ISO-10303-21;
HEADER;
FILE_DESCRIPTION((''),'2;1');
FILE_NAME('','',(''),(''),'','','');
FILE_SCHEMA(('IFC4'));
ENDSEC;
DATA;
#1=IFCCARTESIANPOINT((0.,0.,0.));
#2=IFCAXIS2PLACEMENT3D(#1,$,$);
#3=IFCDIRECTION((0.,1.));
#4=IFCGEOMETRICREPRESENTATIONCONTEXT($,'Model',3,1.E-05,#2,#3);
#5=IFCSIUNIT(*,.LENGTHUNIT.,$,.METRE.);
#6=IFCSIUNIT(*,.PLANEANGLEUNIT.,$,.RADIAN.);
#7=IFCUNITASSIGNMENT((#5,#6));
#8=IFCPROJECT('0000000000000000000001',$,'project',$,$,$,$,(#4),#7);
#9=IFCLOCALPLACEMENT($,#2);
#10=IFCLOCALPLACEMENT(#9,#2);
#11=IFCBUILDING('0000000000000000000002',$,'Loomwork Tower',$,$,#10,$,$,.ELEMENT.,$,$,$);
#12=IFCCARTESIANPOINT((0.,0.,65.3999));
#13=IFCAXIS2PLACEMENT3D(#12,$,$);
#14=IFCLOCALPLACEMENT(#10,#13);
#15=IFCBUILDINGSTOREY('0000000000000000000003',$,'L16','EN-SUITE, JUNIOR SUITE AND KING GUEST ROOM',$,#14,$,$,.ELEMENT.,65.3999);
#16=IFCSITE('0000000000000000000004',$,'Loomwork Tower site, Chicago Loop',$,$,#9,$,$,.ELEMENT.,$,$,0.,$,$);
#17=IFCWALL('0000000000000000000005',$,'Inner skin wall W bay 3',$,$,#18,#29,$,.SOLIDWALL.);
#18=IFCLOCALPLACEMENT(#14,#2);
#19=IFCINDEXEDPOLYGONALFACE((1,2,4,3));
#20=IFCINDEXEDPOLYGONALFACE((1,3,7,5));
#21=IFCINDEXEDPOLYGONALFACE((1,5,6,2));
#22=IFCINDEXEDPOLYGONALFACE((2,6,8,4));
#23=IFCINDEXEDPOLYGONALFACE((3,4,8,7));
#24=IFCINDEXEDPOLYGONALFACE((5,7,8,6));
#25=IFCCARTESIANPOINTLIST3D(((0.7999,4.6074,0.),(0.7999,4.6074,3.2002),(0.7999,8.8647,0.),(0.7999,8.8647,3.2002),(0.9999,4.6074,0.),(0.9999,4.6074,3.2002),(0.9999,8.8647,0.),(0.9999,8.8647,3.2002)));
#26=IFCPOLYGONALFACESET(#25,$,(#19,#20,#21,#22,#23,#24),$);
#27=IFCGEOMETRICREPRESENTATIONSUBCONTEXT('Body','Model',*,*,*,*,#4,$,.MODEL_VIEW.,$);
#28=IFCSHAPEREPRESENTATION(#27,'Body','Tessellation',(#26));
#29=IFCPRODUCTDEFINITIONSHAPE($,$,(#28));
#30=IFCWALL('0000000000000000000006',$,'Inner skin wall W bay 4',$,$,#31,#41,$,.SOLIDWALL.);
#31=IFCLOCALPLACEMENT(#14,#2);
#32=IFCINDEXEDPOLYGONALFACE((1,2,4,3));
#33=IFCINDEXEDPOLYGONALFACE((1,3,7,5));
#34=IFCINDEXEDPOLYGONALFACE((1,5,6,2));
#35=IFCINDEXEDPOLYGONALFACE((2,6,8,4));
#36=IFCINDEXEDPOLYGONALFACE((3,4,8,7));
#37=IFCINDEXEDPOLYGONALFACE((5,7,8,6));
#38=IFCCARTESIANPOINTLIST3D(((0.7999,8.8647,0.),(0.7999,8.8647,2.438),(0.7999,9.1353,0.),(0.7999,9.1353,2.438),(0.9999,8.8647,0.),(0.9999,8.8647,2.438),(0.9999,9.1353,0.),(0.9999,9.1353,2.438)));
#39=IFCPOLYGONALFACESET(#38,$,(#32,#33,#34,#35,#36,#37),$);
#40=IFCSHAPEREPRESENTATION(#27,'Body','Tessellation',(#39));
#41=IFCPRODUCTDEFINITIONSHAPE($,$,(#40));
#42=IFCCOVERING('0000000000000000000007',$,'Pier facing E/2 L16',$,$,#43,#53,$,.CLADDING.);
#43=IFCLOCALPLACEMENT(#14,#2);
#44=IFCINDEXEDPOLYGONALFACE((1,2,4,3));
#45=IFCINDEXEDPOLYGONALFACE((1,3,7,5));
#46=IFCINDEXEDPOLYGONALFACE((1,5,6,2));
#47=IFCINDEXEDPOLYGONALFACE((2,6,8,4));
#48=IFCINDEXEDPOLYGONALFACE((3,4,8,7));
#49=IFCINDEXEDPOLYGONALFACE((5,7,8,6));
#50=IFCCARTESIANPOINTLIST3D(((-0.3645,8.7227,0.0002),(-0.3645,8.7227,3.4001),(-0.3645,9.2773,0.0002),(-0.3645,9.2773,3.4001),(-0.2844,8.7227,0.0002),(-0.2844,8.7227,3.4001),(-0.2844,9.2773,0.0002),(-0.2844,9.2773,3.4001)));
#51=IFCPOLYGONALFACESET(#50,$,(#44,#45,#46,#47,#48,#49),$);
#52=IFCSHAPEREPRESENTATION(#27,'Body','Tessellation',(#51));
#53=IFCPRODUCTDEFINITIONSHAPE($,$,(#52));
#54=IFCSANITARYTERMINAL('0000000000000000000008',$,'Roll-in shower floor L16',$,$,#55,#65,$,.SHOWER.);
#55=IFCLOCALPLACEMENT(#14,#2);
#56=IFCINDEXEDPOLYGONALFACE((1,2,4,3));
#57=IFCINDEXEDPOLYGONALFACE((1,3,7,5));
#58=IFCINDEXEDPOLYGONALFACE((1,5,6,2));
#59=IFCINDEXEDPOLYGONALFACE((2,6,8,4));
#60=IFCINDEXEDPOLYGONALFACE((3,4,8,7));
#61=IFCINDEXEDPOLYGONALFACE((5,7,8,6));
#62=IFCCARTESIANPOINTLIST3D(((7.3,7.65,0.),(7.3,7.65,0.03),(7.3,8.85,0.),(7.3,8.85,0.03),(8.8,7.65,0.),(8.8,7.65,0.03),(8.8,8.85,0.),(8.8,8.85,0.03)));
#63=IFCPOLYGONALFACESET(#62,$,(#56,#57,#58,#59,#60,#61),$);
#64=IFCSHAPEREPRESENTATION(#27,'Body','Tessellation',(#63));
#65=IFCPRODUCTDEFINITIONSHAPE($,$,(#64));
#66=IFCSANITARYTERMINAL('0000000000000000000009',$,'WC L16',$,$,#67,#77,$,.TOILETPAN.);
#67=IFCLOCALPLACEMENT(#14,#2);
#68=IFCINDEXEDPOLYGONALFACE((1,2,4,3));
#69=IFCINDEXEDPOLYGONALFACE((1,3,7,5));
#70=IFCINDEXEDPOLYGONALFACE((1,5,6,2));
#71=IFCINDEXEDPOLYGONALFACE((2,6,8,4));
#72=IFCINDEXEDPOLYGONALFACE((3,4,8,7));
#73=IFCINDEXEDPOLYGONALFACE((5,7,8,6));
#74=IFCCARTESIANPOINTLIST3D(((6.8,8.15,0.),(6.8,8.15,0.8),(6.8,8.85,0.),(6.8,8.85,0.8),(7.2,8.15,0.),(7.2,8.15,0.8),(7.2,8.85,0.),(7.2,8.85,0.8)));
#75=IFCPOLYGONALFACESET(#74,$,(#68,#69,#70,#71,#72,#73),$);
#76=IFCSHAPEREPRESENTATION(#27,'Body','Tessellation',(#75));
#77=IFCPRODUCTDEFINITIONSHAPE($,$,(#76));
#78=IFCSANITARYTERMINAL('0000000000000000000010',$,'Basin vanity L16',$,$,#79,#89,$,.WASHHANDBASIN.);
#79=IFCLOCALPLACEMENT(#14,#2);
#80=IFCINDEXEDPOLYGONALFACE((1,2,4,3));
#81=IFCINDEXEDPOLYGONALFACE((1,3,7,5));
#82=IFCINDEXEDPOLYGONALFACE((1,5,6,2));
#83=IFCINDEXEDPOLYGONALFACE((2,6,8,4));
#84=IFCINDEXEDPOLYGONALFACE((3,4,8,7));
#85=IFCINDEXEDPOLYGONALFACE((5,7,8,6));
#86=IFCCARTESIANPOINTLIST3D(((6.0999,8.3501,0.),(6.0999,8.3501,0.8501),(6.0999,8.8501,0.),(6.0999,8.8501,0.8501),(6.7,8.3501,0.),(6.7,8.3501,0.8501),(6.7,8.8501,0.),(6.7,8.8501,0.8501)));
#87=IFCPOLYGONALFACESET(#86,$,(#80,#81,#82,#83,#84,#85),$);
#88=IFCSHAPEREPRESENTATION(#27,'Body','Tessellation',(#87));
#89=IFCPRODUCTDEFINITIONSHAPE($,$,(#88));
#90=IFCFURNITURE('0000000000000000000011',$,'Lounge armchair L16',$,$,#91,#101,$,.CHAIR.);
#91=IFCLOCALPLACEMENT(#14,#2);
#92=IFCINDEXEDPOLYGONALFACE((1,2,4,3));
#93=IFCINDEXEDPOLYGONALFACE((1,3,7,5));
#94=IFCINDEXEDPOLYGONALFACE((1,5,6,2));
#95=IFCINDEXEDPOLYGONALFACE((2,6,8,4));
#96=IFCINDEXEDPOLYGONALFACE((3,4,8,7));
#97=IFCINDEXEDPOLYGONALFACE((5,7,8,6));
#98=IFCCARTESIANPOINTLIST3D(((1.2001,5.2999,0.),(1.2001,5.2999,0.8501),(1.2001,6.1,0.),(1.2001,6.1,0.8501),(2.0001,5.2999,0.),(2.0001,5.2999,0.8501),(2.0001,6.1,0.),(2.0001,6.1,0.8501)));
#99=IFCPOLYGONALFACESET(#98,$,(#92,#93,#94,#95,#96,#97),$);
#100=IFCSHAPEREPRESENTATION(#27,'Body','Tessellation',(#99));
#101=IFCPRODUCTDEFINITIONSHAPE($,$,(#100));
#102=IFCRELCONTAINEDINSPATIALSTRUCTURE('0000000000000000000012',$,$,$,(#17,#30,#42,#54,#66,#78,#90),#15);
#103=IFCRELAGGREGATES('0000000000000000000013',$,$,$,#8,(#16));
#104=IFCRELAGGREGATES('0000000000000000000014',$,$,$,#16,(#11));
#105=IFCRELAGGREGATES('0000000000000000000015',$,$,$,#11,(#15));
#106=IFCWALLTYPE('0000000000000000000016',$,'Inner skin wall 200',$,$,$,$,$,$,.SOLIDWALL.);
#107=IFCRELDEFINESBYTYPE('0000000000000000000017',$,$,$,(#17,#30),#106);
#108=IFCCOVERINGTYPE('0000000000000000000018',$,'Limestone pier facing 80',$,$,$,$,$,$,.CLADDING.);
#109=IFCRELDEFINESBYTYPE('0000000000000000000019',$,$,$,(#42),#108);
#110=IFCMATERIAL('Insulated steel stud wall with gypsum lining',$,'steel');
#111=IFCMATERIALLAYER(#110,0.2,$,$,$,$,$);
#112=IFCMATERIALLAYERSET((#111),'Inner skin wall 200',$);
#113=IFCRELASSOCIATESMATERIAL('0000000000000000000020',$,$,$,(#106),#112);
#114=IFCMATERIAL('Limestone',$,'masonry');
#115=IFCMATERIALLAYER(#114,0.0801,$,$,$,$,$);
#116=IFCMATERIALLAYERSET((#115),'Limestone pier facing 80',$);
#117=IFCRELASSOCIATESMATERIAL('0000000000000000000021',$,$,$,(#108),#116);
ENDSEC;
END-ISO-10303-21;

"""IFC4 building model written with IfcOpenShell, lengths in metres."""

from ifc_helpers import new_model, si_unit, direction, frame, frame_2d, origin, origin_2d, place, context, subcontext, project, spatial, rectangle, extrude, material, layer, layer_set, type_object, element, save


model = new_model("IFC4")

# Units and contexts
model_context = context("Model", 3, precision=1e-05, world=origin(), true_north=direction((0.0, 1.0)))
body_context = subcontext(model_context, "Body", "Model", "MODEL_VIEW")
ifc_project = project(units=[si_unit("LENGTHUNIT", "METRE"), si_unit("PLANEANGLEUNIT", "RADIAN")], contexts=[model_context])

# Site, building, storey
site_placement = place(None, origin())
site = spatial("IfcSite", under=ifc_project, at=site_placement, Name="Loomwork Tower site, Chicago Loop", CompositionType="ELEMENT", RefElevation=0.0)
building_placement = place(site_placement, origin())
building = spatial("IfcBuilding", under=site, at=building_placement, Name="Loomwork Tower", CompositionType="ELEMENT")
storey_placement = place(building_placement, frame((0.0, 0.0, 65.3999)))
storey = spatial("IfcBuildingStorey", under=building, at=storey_placement, Name="L16", Description="EN-SUITE, JUNIOR SUITE AND KING GUEST ROOM", CompositionType="ELEMENT", Elevation=65.3999)

# Walls
ifc_material_1 = material(Name="Insulated steel stud wall with gypsum lining", Category="steel")
ifc_layer_1 = layer(ifc_material_1, 0.2)
ifc_layer_set_1 = layer_set([ifc_layer_1], Name="Inner skin wall 200")
wall_type_1 = type_object("IfcWallType", Name="Inner skin wall 200", PredefinedType="SOLIDWALL", material=ifc_layer_set_1)
wall_1_placement = place(storey_placement, frame((0.8999, 4.6074, 0.0), z_axis=(0.0, 0.0, 1.0), x_axis=(0.0, 1.0, 0.0)))
element("IfcWall", 1, at=wall_1_placement, inside=storey, type_object=wall_type_1, Name="Inner skin wall W bay 3", PredefinedType="SOLIDWALL", context=body_context, shape_type="SweptSolid", body=[
    extrude(rectangle(XDim=4.2573, YDim=0.2, at=frame_2d((2.1287, 0.0))), origin(), (0.0, 0.0, 1.0), 3.2002),
])
wall_2_placement = place(storey_placement, frame((0.8999, 8.8647, 0.0), z_axis=(0.0, 0.0, 1.0), x_axis=(0.0, 1.0, 0.0)))
element("IfcWall", 2, at=wall_2_placement, inside=storey, type_object=wall_type_1, Name="Inner skin wall W bay 4", PredefinedType="SOLIDWALL", context=body_context, shape_type="SweptSolid", body=[
    extrude(rectangle(XDim=0.2705, YDim=0.2, at=frame_2d((0.1353, 0.0))), origin(), (0.0, 0.0, 1.0), 2.438),
])

# Covering
ifc_material_2 = material(Name="Limestone", Category="masonry")
ifc_layer_2 = layer(ifc_material_2, 0.0801)
ifc_layer_set_2 = layer_set([ifc_layer_2], Name="Limestone pier facing 80")
covering_type = type_object("IfcCoveringType", Name="Limestone pier facing 80", PredefinedType="CLADDING", material=ifc_layer_set_2)
covering_placement = place(storey_placement, frame((-0.3245, 9.0, 0.0002), z_axis=(0.0, 0.0, 1.0), x_axis=(1.0, 0.0, 0.0)))
element("IfcCovering", 3, at=covering_placement, inside=storey, type_object=covering_type, Name="Pier facing E/2 L16", PredefinedType="CLADDING", context=body_context, shape_type="SweptSolid", body=[
    extrude(rectangle(XDim=0.0801, YDim=0.5547, at=origin_2d()), origin(), (0.0, 0.0, 1.0), 3.3999),
])

# Sanitary terminals
sanitary_terminal_1_placement = place(storey_placement, frame((8.05, 8.25, 0.0), z_axis=(0.0, 0.0, 1.0), x_axis=(1.0, 0.0, 0.0)))
element("IfcSanitaryTerminal", 4, at=sanitary_terminal_1_placement, inside=storey, Name="Roll-in shower floor L16", PredefinedType="SHOWER", context=body_context, shape_type="SweptSolid", body=[
    extrude(rectangle(XDim=1.5, YDim=1.2, at=origin_2d()), origin(), (0.0, 0.0, 1.0), 0.03),
])
sanitary_terminal_2_placement = place(storey_placement, frame((7.0, 8.5, 0.0), z_axis=(0.0, 0.0, 1.0), x_axis=(1.0, 0.0, 0.0)))
element("IfcSanitaryTerminal", 5, at=sanitary_terminal_2_placement, inside=storey, Name="WC L16", PredefinedType="TOILETPAN", context=body_context, shape_type="SweptSolid", body=[
    extrude(rectangle(XDim=0.3999, YDim=0.7, at=origin_2d()), origin(), (0.0, 0.0, 1.0), 0.8),
])
sanitary_terminal_3_placement = place(storey_placement, frame((6.3999, 8.6001, 0.0), z_axis=(0.0, 0.0, 1.0), x_axis=(1.0, 0.0, 0.0)))
element("IfcSanitaryTerminal", 6, at=sanitary_terminal_3_placement, inside=storey, Name="Basin vanity L16", PredefinedType="WASHHANDBASIN", context=body_context, shape_type="SweptSolid", body=[
    extrude(rectangle(XDim=0.6001, YDim=0.5, at=origin_2d()), origin(), (0.0, 0.0, 1.0), 0.8501),
])

# Furniture
furniture_placement = place(storey_placement, frame((1.6001, 5.7, 0.0), z_axis=(0.0, 0.0, 1.0), x_axis=(1.0, 0.0, 0.0)))
element("IfcFurniture", 7, at=furniture_placement, inside=storey, Name="Lounge armchair L16", PredefinedType="CHAIR", context=body_context, shape_type="SweptSolid", body=[
    extrude(rectangle(XDim=0.8, YDim=0.8, at=origin_2d()), origin(), (0.0, 0.0, 1.0), 0.8501),
])

save(model, "model.ifc")
